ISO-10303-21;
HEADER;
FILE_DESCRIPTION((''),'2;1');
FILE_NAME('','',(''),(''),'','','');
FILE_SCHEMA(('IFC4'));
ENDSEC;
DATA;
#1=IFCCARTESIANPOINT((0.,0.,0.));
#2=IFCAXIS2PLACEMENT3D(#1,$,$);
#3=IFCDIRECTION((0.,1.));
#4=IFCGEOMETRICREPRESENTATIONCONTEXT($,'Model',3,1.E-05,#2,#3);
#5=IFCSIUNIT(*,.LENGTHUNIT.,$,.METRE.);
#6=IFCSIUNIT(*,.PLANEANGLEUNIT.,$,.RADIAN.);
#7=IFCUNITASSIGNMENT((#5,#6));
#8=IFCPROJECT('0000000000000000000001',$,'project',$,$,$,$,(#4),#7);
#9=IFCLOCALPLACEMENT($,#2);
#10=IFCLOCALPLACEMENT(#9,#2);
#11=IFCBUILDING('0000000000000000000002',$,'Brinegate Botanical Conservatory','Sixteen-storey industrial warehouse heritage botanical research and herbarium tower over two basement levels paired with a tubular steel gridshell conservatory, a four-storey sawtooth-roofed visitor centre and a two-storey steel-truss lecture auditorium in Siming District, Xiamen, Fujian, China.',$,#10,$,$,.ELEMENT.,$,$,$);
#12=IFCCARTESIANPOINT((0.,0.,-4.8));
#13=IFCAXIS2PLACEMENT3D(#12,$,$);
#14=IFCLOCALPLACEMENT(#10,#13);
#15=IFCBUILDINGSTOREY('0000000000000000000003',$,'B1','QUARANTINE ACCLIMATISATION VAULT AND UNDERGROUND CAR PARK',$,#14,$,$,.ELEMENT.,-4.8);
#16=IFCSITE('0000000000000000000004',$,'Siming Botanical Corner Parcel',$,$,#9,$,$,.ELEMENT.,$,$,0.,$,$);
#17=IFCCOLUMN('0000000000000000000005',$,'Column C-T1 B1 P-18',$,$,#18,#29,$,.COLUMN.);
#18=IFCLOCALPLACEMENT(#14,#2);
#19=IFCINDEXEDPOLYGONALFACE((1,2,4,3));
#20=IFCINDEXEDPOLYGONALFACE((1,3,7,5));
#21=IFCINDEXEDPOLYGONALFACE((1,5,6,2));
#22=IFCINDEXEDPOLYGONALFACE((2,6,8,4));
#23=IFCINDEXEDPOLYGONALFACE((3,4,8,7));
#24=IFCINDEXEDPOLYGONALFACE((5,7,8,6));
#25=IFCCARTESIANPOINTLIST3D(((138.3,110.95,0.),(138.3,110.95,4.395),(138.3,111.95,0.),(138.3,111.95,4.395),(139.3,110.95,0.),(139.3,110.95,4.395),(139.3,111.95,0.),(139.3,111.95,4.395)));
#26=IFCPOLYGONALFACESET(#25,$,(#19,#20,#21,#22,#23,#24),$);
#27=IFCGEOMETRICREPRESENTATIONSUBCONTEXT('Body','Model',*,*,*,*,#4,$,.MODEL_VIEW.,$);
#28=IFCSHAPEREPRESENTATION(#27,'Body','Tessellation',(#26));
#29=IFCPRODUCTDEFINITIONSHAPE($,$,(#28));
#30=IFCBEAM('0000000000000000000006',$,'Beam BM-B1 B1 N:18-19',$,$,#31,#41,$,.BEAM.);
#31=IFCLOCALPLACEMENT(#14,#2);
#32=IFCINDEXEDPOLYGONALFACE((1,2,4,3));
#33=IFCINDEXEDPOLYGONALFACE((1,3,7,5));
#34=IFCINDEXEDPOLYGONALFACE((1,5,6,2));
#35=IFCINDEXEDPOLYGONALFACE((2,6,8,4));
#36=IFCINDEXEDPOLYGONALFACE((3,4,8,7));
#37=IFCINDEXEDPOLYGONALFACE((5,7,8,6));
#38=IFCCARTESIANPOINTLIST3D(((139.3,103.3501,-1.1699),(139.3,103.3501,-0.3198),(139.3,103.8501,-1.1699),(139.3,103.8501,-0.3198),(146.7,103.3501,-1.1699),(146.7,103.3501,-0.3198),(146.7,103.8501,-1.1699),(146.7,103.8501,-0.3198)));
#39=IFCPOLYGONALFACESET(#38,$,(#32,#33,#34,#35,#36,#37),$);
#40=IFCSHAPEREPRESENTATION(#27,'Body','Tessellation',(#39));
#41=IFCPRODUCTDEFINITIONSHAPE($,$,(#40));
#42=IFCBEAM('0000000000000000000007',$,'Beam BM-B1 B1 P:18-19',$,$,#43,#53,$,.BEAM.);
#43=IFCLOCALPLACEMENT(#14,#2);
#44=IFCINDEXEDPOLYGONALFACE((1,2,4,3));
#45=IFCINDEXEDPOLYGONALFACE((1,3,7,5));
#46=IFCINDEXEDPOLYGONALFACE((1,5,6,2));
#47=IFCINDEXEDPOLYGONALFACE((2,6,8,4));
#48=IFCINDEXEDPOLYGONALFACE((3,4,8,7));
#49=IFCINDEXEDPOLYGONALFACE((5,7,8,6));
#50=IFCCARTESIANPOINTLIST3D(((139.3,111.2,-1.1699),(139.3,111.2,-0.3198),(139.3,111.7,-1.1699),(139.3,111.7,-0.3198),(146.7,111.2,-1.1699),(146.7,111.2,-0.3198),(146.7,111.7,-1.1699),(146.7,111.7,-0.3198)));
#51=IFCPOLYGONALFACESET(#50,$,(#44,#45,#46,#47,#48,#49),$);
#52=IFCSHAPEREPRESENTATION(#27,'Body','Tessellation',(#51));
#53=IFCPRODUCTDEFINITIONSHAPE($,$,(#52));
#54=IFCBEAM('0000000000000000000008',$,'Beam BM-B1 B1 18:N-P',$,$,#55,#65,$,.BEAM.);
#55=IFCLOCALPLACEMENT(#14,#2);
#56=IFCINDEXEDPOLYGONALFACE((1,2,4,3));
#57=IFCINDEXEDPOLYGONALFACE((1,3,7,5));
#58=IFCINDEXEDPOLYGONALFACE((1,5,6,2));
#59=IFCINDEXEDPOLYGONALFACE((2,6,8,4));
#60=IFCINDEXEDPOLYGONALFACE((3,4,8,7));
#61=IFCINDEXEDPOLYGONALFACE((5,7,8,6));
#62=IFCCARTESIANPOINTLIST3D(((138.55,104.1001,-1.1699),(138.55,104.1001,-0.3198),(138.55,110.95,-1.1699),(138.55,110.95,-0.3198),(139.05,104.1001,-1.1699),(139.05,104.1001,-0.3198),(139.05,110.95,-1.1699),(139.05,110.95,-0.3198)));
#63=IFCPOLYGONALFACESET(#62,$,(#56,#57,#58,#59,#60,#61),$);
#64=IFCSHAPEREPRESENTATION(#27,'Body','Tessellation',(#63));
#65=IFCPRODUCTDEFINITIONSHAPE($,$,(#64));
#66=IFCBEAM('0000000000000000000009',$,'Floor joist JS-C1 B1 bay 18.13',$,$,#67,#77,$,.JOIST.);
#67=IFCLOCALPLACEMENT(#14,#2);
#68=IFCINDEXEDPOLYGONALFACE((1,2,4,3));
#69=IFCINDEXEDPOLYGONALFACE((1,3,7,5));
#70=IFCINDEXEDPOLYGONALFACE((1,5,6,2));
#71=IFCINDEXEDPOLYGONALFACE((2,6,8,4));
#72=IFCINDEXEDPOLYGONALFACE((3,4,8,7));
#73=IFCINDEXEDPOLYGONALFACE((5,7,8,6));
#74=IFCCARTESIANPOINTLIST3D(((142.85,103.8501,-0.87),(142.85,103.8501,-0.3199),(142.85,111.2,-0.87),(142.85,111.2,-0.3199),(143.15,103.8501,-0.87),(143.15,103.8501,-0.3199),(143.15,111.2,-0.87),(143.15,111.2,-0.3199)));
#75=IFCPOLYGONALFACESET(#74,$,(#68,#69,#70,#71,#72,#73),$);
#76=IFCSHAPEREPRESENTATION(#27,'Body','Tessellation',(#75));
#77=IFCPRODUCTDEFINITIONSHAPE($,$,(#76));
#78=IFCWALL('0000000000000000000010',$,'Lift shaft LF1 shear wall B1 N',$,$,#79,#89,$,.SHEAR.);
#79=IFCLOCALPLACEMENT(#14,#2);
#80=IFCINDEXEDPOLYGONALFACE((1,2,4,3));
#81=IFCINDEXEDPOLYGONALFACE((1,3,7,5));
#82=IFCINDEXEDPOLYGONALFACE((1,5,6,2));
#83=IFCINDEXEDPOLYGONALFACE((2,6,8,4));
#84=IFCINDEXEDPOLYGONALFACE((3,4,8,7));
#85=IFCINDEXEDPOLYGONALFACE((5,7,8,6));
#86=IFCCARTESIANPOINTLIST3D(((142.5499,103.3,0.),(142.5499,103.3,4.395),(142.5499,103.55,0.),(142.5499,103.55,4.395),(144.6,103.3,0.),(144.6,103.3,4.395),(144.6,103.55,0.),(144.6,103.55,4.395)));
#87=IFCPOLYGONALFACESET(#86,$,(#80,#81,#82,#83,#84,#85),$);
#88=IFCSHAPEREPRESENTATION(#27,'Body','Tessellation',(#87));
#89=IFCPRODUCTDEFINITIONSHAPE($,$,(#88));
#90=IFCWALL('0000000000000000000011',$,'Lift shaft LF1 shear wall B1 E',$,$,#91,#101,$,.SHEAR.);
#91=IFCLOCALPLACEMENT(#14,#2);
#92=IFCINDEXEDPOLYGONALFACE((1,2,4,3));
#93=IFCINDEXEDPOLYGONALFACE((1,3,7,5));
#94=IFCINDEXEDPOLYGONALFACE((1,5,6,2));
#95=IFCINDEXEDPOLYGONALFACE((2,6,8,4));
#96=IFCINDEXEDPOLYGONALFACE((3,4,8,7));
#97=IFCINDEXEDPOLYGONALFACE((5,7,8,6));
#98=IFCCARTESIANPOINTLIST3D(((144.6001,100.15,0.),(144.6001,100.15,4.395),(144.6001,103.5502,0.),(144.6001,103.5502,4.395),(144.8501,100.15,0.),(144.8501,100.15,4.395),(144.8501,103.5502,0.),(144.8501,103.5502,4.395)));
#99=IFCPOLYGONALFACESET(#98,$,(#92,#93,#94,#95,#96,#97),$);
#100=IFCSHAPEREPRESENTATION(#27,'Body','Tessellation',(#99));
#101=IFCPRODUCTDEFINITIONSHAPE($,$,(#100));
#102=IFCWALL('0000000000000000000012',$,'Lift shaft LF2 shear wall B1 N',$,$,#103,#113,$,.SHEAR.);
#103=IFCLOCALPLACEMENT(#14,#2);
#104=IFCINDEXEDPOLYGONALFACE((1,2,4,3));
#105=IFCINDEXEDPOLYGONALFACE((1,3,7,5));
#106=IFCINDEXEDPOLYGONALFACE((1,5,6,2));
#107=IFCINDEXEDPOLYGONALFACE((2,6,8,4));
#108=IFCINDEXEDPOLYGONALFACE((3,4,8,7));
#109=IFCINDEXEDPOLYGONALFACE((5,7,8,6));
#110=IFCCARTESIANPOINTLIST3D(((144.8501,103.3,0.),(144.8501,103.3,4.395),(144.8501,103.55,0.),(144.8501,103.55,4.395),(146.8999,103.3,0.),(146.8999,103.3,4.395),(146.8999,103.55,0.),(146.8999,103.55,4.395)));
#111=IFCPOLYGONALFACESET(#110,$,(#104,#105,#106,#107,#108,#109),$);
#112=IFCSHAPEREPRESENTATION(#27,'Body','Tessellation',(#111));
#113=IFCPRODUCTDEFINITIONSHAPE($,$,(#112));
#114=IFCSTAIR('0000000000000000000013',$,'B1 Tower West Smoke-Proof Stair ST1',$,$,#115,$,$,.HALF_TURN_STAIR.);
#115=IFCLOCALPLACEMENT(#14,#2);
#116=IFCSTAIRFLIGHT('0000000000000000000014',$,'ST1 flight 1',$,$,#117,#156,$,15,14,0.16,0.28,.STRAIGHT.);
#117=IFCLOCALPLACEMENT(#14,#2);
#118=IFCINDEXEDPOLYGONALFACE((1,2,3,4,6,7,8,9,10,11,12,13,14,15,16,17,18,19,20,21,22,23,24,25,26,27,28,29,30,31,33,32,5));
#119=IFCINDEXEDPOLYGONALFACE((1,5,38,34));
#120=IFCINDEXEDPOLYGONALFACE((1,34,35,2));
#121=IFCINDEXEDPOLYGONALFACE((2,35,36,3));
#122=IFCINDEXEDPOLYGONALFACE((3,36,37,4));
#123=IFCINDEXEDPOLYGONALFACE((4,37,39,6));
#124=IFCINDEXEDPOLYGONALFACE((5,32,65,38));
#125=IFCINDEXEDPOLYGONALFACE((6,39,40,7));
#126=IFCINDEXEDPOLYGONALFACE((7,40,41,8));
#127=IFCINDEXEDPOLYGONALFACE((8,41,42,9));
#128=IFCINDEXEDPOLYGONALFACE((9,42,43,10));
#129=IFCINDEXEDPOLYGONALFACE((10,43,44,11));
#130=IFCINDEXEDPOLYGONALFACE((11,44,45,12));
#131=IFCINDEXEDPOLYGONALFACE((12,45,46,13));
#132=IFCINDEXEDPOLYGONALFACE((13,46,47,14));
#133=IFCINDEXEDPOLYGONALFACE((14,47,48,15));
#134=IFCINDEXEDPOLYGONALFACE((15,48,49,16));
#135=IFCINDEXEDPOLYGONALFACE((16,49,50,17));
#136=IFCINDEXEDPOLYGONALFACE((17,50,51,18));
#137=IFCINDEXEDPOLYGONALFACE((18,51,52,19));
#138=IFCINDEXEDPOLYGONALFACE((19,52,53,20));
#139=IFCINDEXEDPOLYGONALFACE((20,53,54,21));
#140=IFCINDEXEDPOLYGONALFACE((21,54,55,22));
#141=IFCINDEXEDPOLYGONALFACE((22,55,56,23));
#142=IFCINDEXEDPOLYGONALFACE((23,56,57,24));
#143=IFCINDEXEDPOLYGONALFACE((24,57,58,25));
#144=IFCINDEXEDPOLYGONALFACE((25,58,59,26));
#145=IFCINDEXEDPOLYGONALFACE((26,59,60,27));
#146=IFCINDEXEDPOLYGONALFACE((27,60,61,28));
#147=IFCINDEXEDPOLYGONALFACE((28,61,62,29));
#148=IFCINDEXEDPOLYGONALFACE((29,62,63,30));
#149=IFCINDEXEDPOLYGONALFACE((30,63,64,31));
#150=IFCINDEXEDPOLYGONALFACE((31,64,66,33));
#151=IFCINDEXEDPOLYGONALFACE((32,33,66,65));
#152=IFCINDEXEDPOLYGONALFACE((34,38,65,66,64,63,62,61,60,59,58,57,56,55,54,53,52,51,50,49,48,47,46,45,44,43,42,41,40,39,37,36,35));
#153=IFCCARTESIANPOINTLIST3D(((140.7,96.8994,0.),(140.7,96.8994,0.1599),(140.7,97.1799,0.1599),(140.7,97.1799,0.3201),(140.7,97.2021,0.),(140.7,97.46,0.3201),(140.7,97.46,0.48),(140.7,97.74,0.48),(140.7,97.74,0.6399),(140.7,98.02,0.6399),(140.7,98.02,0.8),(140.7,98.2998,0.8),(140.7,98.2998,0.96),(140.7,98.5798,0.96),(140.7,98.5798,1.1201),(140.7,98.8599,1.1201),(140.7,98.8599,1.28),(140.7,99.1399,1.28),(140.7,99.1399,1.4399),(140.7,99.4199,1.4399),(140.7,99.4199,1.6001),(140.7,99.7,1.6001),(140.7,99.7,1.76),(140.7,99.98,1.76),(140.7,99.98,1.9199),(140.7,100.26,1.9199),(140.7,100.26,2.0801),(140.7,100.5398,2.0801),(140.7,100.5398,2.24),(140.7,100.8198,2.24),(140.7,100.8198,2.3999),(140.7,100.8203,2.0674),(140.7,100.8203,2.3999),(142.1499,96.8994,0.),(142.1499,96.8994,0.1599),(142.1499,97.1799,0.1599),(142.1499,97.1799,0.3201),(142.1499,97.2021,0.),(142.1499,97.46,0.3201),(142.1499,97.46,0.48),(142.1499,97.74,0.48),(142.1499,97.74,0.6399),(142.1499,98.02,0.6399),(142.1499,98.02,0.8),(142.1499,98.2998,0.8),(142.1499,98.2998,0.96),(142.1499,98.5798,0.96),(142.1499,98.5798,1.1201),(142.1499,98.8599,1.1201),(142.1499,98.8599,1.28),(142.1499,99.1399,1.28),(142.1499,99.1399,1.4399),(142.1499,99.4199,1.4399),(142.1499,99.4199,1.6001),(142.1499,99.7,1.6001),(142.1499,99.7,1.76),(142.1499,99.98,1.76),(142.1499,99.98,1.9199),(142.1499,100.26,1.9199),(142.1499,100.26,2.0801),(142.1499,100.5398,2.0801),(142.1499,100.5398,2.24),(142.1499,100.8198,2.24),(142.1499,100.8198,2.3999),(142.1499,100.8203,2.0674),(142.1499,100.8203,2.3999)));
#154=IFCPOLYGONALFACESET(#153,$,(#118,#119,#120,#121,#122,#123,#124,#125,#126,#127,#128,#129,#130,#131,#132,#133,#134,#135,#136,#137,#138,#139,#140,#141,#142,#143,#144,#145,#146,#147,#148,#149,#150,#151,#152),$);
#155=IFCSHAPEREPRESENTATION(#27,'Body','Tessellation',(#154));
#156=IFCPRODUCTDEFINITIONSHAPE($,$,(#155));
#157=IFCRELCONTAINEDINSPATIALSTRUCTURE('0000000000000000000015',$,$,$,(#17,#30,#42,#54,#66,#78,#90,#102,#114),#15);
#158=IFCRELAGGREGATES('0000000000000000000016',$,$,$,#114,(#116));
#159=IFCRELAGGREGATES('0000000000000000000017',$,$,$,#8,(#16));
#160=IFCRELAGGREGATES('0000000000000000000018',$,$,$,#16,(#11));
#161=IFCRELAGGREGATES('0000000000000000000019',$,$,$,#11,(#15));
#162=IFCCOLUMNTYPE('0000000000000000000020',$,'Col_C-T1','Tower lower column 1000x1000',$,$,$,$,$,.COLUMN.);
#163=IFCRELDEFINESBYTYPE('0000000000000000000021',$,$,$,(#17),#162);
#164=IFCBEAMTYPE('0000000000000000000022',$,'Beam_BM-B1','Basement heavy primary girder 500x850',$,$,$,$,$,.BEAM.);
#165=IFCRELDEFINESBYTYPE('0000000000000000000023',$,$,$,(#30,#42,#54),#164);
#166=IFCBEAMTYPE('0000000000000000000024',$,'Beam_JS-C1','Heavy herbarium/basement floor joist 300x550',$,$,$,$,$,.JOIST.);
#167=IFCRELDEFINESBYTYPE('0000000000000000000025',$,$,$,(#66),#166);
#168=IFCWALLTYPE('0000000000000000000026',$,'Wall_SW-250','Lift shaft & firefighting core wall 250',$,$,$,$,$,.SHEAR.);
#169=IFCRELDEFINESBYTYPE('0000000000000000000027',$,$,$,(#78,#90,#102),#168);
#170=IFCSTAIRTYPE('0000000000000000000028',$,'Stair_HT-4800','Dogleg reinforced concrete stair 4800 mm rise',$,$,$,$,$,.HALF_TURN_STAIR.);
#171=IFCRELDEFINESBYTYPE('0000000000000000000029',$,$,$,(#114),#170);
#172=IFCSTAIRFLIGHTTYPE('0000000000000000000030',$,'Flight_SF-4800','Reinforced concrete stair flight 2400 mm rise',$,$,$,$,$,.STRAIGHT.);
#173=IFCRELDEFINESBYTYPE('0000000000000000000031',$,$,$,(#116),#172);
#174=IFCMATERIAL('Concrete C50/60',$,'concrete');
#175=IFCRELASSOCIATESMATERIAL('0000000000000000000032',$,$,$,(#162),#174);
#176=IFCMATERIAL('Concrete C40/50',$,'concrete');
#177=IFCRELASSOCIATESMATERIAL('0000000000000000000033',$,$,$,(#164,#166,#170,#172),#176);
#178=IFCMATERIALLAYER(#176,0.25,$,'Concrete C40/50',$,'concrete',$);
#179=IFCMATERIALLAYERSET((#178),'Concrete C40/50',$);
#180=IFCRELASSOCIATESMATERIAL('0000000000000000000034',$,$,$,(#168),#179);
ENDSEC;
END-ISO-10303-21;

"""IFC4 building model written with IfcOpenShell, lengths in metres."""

from ifc_helpers import new_model, si_unit, direction, frame, frame_2d, origin, origin_2d, place, context, subcontext, project, spatial, polyline, rectangle, outline, extrude, material, layer, layer_set, material_profile, profile_set, type_object, element, aggregate, save


model = new_model("IFC4")

# Units and contexts
model_context = context("Model", 3, precision=1e-05, world=origin(), true_north=direction((0.0, 1.0)))
body_context = subcontext(model_context, "Body", "Model", "MODEL_VIEW")
ifc_project = project(units=[si_unit("LENGTHUNIT", "METRE"), si_unit("PLANEANGLEUNIT", "RADIAN")], contexts=[model_context])

# Site, building, storey
site_placement = place(None, origin())
site = spatial("IfcSite", under=ifc_project, at=site_placement, Name="Siming Botanical Corner Parcel", CompositionType="ELEMENT", RefElevation=0.0)
building_placement = place(site_placement, origin())
building = spatial("IfcBuilding", under=site, at=building_placement, Name="Brinegate Botanical Conservatory", Description="Sixteen-storey industrial warehouse heritage botanical research and herbarium tower over two basement levels paired with a tubular steel gridshell conservatory, a four-storey sawtooth-roofed visitor centre and a two-storey steel-truss lecture auditorium in Siming District, Xiamen, Fujian, China.", CompositionType="ELEMENT")
storey_placement = place(building_placement, frame((0.0, 0.0, -4.8)))
storey = spatial("IfcBuildingStorey", under=building, at=storey_placement, Name="B1", Description="QUARANTINE ACCLIMATISATION VAULT AND UNDERGROUND CAR PARK", CompositionType="ELEMENT", Elevation=-4.8)

# Column
ifc_material_1 = material(Name="Concrete C50/60", Category="concrete")
ifc_material_profile_1 = material_profile(ifc_material_1, rectangle(XDim=1.0, YDim=1.0, at=origin_2d()), Name="RC COL 1000x1000")
ifc_profile_set_1 = profile_set([ifc_material_profile_1], Name="Concrete C50/60")
column_type = type_object("IfcColumnType", Name="Col_C-T1", Description="Tower lower column 1000x1000", PredefinedType="COLUMN", material=ifc_profile_set_1)
column_placement = place(storey_placement, frame((138.8, 111.45, 0.0), z_axis=(0.0, 0.0, 1.0), x_axis=(1.0, 0.0, 0.0)))
element("IfcColumn", 1, at=column_placement, inside=storey, type_object=column_type, Name="Column C-T1 B1 P-18", PredefinedType="COLUMN", context=body_context, shape_type="SweptSolid", body=[
    extrude(rectangle(XDim=1.0, YDim=1.0, at=origin_2d()), origin(), (0.0, 0.0, 1.0), 4.395),
])

# Beams
ifc_material_2 = material(Name="Concrete C40/50", Category="concrete")
ifc_material_profile_2 = material_profile(ifc_material_2, rectangle(XDim=0.5, YDim=0.8501, at=origin_2d()), Name="RC BM 500x850")
ifc_profile_set_2 = profile_set([ifc_material_profile_2], Name="Concrete C40/50")
beam_type_1 = type_object("IfcBeamType", Name="Beam_BM-B1", Description="Basement heavy primary girder 500x850", PredefinedType="BEAM", material=ifc_profile_set_2)
for number, where, z_axis, x_axis, name in (
    (2, (139.3, 103.6001, -0.7449), (1.0, 0.0, 0.0), (0.0, 1.0, 0.0), "Beam BM-B1 B1 N:18-19"),
    (3, (139.3, 111.45, -0.7449), (1.0, 0.0, 0.0), (0.0, 1.0, 0.0), "Beam BM-B1 B1 P:18-19"),
):
    element("IfcBeam", number, at=place(storey_placement, frame(where, z_axis=z_axis, x_axis=x_axis)), inside=storey, type_object=beam_type_1, Name=name, PredefinedType="BEAM", context=body_context, shape_type="SweptSolid", body=[
        extrude(rectangle(XDim=0.5, YDim=0.8501, at=origin_2d()), origin(), (0.0, 0.0, 1.0), 7.3999),
    ])
beam_1_placement = place(storey_placement, frame((138.8, 104.1001, -0.7449), z_axis=(0.0, 1.0, 0.0), x_axis=(-1.0, 0.0, 0.0)))
element("IfcBeam", 4, at=beam_1_placement, inside=storey, type_object=beam_type_1, Name="Beam BM-B1 B1 18:N-P", PredefinedType="BEAM", context=body_context, shape_type="SweptSolid", body=[
    extrude(rectangle(XDim=0.5, YDim=0.8501, at=origin_2d()), origin(), (0.0, 0.0, 1.0), 6.8499),
])
ifc_material_profile_3 = material_profile(ifc_material_2, rectangle(XDim=0.3, YDim=0.55, at=origin_2d()), Name="RC JST 300x550")
ifc_profile_set_3 = profile_set([ifc_material_profile_3], Name="Concrete C40/50")
beam_type_2 = type_object("IfcBeamType", Name="Beam_JS-C1", Description="Heavy herbarium/basement floor joist 300x550", PredefinedType="JOIST", material=ifc_profile_set_3)
beam_2_placement = place(storey_placement, frame((143.0, 103.8501, -0.595), z_axis=(0.0, 1.0, 0.0), x_axis=(-1.0, 0.0, 0.0)))
element("IfcBeam", 5, at=beam_2_placement, inside=storey, type_object=beam_type_2, Name="Floor joist JS-C1 B1 bay 18.13", PredefinedType="JOIST", context=body_context, shape_type="SweptSolid", body=[
    extrude(rectangle(XDim=0.3, YDim=0.55, at=origin_2d()), origin(), (0.0, 0.0, 1.0), 7.3499),
])

# Shared definitions
ifc_layer = layer(ifc_material_2, 0.25, Name="Concrete C40/50", Category="concrete")
ifc_layer_set = layer_set([ifc_layer], Name="Concrete C40/50")
wall_type = type_object("IfcWallType", Name="Wall_SW-250", Description="Lift shaft & firefighting core wall 250", PredefinedType="SHEAR", material=ifc_layer_set)

# Walls
wall_1_placement = place(storey_placement, frame((142.55, 103.425, 0.0), z_axis=(0.0, 0.0, 1.0), x_axis=(1.0, 0.0, 0.0)))
element("IfcWall", 6, at=wall_1_placement, inside=storey, type_object=wall_type, Name="Lift shaft LF1 shear wall B1 N", PredefinedType="SHEAR", context=body_context, shape_type="SweptSolid", body=[
    extrude(rectangle(XDim=2.05, YDim=0.25, at=frame_2d((1.0249, 0.0))), origin(), (0.0, 0.0, 1.0), 4.395),
])
wall_2_placement = place(storey_placement, frame((144.7251, 100.1499, 0.0), z_axis=(0.0, 0.0, 1.0), x_axis=(0.0, 1.0, 0.0)))
element("IfcWall", 7, at=wall_2_placement, inside=storey, type_object=wall_type, Name="Lift shaft LF1 shear wall B1 E", PredefinedType="SHEAR", context=body_context, shape_type="SweptSolid", body=[
    extrude(rectangle(XDim=3.4001, YDim=0.25, at=frame_2d((1.7002, 0.0))), origin(), (0.0, 0.0, 1.0), 4.395),
])

# Wall
wall_3_placement = place(storey_placement, frame((144.8501, 103.425, 0.0), z_axis=(0.0, 0.0, 1.0), x_axis=(1.0, 0.0, 0.0)))
element("IfcWall", 8, at=wall_3_placement, inside=storey, type_object=wall_type, Name="Lift shaft LF2 shear wall B1 N", PredefinedType="SHEAR", context=body_context, shape_type="SweptSolid", body=[
    extrude(rectangle(XDim=2.0498, YDim=0.25, at=frame_2d((1.0249, 0.0))), origin(), (0.0, 0.0, 1.0), 4.395),
])

# Stair, stair flight
stair_type = type_object("IfcStairType", Name="Stair_HT-4800", Description="Dogleg reinforced concrete stair 4800 mm rise", PredefinedType="HALF_TURN_STAIR", material=ifc_material_2)
stair_placement = place(storey_placement, origin())
stair = element("IfcStair", 9, at=stair_placement, inside=storey, type_object=stair_type, Name="B1 Tower West Smoke-Proof Stair ST1", PredefinedType="HALF_TURN_STAIR")
stair_flight_type = type_object("IfcStairFlightType", Name="Flight_SF-4800", Description="Reinforced concrete stair flight 2400 mm rise", PredefinedType="STRAIGHT", material=ifc_material_2)
stair_flight_1_placement = place(storey_placement, frame((141.425, 96.8999, 0.0), z_axis=(0.0, 0.0, 1.0), x_axis=(0.0, 1.0, 0.0)))
stair_flight_1 = element("IfcStairFlight", 10, at=stair_flight_1_placement, type_object=stair_flight_type, Name="ST1 flight 1", NumberOfRisers=15, NumberOfTreads=14, PredefinedType="STRAIGHT", RiserHeight=0.16, TreadLength=0.28, context=body_context, shape_type="SweptSolid", body=[
    extrude(outline(polyline([(-0.0005, 0.0), (-0.0005, 0.1599), (0.28, 0.1599), (0.28, 0.3201), (0.5601, 0.3201), (0.5601, 0.48), (0.8401, 0.48), (0.8401, 0.6399), (1.1201, 0.6399), (1.1201, 0.8), (1.3999, 0.8), (1.3999, 0.96), (1.6799, 0.96), (1.6799, 1.1201), (1.96, 1.1201), (1.96, 1.28), (2.24, 1.28), (2.24, 1.4399), (2.52, 1.4399), (2.52, 1.6001), (2.8, 1.6001), (2.8, 1.76), (3.0801, 1.76), (3.0801, 1.9199), (3.3601, 1.9199), (3.3601, 2.0801), (3.6399, 2.0801), (3.6399, 2.24), (3.9199, 2.24), (3.9199, 2.3999), (3.9204, 2.3999), (3.9204, 2.0674), (0.3022, 0.0), (-0.0005, 0.0)])), frame((0.0, 0.7251, 0.0), z_axis=(0.0, -1.0, 0.0), x_axis=(1.0, 0.0, 0.0)), (0.0, 0.0, 1.0), 1.45),
])
aggregate(stair, [stair_flight_1])

save(model, "model.ifc")
